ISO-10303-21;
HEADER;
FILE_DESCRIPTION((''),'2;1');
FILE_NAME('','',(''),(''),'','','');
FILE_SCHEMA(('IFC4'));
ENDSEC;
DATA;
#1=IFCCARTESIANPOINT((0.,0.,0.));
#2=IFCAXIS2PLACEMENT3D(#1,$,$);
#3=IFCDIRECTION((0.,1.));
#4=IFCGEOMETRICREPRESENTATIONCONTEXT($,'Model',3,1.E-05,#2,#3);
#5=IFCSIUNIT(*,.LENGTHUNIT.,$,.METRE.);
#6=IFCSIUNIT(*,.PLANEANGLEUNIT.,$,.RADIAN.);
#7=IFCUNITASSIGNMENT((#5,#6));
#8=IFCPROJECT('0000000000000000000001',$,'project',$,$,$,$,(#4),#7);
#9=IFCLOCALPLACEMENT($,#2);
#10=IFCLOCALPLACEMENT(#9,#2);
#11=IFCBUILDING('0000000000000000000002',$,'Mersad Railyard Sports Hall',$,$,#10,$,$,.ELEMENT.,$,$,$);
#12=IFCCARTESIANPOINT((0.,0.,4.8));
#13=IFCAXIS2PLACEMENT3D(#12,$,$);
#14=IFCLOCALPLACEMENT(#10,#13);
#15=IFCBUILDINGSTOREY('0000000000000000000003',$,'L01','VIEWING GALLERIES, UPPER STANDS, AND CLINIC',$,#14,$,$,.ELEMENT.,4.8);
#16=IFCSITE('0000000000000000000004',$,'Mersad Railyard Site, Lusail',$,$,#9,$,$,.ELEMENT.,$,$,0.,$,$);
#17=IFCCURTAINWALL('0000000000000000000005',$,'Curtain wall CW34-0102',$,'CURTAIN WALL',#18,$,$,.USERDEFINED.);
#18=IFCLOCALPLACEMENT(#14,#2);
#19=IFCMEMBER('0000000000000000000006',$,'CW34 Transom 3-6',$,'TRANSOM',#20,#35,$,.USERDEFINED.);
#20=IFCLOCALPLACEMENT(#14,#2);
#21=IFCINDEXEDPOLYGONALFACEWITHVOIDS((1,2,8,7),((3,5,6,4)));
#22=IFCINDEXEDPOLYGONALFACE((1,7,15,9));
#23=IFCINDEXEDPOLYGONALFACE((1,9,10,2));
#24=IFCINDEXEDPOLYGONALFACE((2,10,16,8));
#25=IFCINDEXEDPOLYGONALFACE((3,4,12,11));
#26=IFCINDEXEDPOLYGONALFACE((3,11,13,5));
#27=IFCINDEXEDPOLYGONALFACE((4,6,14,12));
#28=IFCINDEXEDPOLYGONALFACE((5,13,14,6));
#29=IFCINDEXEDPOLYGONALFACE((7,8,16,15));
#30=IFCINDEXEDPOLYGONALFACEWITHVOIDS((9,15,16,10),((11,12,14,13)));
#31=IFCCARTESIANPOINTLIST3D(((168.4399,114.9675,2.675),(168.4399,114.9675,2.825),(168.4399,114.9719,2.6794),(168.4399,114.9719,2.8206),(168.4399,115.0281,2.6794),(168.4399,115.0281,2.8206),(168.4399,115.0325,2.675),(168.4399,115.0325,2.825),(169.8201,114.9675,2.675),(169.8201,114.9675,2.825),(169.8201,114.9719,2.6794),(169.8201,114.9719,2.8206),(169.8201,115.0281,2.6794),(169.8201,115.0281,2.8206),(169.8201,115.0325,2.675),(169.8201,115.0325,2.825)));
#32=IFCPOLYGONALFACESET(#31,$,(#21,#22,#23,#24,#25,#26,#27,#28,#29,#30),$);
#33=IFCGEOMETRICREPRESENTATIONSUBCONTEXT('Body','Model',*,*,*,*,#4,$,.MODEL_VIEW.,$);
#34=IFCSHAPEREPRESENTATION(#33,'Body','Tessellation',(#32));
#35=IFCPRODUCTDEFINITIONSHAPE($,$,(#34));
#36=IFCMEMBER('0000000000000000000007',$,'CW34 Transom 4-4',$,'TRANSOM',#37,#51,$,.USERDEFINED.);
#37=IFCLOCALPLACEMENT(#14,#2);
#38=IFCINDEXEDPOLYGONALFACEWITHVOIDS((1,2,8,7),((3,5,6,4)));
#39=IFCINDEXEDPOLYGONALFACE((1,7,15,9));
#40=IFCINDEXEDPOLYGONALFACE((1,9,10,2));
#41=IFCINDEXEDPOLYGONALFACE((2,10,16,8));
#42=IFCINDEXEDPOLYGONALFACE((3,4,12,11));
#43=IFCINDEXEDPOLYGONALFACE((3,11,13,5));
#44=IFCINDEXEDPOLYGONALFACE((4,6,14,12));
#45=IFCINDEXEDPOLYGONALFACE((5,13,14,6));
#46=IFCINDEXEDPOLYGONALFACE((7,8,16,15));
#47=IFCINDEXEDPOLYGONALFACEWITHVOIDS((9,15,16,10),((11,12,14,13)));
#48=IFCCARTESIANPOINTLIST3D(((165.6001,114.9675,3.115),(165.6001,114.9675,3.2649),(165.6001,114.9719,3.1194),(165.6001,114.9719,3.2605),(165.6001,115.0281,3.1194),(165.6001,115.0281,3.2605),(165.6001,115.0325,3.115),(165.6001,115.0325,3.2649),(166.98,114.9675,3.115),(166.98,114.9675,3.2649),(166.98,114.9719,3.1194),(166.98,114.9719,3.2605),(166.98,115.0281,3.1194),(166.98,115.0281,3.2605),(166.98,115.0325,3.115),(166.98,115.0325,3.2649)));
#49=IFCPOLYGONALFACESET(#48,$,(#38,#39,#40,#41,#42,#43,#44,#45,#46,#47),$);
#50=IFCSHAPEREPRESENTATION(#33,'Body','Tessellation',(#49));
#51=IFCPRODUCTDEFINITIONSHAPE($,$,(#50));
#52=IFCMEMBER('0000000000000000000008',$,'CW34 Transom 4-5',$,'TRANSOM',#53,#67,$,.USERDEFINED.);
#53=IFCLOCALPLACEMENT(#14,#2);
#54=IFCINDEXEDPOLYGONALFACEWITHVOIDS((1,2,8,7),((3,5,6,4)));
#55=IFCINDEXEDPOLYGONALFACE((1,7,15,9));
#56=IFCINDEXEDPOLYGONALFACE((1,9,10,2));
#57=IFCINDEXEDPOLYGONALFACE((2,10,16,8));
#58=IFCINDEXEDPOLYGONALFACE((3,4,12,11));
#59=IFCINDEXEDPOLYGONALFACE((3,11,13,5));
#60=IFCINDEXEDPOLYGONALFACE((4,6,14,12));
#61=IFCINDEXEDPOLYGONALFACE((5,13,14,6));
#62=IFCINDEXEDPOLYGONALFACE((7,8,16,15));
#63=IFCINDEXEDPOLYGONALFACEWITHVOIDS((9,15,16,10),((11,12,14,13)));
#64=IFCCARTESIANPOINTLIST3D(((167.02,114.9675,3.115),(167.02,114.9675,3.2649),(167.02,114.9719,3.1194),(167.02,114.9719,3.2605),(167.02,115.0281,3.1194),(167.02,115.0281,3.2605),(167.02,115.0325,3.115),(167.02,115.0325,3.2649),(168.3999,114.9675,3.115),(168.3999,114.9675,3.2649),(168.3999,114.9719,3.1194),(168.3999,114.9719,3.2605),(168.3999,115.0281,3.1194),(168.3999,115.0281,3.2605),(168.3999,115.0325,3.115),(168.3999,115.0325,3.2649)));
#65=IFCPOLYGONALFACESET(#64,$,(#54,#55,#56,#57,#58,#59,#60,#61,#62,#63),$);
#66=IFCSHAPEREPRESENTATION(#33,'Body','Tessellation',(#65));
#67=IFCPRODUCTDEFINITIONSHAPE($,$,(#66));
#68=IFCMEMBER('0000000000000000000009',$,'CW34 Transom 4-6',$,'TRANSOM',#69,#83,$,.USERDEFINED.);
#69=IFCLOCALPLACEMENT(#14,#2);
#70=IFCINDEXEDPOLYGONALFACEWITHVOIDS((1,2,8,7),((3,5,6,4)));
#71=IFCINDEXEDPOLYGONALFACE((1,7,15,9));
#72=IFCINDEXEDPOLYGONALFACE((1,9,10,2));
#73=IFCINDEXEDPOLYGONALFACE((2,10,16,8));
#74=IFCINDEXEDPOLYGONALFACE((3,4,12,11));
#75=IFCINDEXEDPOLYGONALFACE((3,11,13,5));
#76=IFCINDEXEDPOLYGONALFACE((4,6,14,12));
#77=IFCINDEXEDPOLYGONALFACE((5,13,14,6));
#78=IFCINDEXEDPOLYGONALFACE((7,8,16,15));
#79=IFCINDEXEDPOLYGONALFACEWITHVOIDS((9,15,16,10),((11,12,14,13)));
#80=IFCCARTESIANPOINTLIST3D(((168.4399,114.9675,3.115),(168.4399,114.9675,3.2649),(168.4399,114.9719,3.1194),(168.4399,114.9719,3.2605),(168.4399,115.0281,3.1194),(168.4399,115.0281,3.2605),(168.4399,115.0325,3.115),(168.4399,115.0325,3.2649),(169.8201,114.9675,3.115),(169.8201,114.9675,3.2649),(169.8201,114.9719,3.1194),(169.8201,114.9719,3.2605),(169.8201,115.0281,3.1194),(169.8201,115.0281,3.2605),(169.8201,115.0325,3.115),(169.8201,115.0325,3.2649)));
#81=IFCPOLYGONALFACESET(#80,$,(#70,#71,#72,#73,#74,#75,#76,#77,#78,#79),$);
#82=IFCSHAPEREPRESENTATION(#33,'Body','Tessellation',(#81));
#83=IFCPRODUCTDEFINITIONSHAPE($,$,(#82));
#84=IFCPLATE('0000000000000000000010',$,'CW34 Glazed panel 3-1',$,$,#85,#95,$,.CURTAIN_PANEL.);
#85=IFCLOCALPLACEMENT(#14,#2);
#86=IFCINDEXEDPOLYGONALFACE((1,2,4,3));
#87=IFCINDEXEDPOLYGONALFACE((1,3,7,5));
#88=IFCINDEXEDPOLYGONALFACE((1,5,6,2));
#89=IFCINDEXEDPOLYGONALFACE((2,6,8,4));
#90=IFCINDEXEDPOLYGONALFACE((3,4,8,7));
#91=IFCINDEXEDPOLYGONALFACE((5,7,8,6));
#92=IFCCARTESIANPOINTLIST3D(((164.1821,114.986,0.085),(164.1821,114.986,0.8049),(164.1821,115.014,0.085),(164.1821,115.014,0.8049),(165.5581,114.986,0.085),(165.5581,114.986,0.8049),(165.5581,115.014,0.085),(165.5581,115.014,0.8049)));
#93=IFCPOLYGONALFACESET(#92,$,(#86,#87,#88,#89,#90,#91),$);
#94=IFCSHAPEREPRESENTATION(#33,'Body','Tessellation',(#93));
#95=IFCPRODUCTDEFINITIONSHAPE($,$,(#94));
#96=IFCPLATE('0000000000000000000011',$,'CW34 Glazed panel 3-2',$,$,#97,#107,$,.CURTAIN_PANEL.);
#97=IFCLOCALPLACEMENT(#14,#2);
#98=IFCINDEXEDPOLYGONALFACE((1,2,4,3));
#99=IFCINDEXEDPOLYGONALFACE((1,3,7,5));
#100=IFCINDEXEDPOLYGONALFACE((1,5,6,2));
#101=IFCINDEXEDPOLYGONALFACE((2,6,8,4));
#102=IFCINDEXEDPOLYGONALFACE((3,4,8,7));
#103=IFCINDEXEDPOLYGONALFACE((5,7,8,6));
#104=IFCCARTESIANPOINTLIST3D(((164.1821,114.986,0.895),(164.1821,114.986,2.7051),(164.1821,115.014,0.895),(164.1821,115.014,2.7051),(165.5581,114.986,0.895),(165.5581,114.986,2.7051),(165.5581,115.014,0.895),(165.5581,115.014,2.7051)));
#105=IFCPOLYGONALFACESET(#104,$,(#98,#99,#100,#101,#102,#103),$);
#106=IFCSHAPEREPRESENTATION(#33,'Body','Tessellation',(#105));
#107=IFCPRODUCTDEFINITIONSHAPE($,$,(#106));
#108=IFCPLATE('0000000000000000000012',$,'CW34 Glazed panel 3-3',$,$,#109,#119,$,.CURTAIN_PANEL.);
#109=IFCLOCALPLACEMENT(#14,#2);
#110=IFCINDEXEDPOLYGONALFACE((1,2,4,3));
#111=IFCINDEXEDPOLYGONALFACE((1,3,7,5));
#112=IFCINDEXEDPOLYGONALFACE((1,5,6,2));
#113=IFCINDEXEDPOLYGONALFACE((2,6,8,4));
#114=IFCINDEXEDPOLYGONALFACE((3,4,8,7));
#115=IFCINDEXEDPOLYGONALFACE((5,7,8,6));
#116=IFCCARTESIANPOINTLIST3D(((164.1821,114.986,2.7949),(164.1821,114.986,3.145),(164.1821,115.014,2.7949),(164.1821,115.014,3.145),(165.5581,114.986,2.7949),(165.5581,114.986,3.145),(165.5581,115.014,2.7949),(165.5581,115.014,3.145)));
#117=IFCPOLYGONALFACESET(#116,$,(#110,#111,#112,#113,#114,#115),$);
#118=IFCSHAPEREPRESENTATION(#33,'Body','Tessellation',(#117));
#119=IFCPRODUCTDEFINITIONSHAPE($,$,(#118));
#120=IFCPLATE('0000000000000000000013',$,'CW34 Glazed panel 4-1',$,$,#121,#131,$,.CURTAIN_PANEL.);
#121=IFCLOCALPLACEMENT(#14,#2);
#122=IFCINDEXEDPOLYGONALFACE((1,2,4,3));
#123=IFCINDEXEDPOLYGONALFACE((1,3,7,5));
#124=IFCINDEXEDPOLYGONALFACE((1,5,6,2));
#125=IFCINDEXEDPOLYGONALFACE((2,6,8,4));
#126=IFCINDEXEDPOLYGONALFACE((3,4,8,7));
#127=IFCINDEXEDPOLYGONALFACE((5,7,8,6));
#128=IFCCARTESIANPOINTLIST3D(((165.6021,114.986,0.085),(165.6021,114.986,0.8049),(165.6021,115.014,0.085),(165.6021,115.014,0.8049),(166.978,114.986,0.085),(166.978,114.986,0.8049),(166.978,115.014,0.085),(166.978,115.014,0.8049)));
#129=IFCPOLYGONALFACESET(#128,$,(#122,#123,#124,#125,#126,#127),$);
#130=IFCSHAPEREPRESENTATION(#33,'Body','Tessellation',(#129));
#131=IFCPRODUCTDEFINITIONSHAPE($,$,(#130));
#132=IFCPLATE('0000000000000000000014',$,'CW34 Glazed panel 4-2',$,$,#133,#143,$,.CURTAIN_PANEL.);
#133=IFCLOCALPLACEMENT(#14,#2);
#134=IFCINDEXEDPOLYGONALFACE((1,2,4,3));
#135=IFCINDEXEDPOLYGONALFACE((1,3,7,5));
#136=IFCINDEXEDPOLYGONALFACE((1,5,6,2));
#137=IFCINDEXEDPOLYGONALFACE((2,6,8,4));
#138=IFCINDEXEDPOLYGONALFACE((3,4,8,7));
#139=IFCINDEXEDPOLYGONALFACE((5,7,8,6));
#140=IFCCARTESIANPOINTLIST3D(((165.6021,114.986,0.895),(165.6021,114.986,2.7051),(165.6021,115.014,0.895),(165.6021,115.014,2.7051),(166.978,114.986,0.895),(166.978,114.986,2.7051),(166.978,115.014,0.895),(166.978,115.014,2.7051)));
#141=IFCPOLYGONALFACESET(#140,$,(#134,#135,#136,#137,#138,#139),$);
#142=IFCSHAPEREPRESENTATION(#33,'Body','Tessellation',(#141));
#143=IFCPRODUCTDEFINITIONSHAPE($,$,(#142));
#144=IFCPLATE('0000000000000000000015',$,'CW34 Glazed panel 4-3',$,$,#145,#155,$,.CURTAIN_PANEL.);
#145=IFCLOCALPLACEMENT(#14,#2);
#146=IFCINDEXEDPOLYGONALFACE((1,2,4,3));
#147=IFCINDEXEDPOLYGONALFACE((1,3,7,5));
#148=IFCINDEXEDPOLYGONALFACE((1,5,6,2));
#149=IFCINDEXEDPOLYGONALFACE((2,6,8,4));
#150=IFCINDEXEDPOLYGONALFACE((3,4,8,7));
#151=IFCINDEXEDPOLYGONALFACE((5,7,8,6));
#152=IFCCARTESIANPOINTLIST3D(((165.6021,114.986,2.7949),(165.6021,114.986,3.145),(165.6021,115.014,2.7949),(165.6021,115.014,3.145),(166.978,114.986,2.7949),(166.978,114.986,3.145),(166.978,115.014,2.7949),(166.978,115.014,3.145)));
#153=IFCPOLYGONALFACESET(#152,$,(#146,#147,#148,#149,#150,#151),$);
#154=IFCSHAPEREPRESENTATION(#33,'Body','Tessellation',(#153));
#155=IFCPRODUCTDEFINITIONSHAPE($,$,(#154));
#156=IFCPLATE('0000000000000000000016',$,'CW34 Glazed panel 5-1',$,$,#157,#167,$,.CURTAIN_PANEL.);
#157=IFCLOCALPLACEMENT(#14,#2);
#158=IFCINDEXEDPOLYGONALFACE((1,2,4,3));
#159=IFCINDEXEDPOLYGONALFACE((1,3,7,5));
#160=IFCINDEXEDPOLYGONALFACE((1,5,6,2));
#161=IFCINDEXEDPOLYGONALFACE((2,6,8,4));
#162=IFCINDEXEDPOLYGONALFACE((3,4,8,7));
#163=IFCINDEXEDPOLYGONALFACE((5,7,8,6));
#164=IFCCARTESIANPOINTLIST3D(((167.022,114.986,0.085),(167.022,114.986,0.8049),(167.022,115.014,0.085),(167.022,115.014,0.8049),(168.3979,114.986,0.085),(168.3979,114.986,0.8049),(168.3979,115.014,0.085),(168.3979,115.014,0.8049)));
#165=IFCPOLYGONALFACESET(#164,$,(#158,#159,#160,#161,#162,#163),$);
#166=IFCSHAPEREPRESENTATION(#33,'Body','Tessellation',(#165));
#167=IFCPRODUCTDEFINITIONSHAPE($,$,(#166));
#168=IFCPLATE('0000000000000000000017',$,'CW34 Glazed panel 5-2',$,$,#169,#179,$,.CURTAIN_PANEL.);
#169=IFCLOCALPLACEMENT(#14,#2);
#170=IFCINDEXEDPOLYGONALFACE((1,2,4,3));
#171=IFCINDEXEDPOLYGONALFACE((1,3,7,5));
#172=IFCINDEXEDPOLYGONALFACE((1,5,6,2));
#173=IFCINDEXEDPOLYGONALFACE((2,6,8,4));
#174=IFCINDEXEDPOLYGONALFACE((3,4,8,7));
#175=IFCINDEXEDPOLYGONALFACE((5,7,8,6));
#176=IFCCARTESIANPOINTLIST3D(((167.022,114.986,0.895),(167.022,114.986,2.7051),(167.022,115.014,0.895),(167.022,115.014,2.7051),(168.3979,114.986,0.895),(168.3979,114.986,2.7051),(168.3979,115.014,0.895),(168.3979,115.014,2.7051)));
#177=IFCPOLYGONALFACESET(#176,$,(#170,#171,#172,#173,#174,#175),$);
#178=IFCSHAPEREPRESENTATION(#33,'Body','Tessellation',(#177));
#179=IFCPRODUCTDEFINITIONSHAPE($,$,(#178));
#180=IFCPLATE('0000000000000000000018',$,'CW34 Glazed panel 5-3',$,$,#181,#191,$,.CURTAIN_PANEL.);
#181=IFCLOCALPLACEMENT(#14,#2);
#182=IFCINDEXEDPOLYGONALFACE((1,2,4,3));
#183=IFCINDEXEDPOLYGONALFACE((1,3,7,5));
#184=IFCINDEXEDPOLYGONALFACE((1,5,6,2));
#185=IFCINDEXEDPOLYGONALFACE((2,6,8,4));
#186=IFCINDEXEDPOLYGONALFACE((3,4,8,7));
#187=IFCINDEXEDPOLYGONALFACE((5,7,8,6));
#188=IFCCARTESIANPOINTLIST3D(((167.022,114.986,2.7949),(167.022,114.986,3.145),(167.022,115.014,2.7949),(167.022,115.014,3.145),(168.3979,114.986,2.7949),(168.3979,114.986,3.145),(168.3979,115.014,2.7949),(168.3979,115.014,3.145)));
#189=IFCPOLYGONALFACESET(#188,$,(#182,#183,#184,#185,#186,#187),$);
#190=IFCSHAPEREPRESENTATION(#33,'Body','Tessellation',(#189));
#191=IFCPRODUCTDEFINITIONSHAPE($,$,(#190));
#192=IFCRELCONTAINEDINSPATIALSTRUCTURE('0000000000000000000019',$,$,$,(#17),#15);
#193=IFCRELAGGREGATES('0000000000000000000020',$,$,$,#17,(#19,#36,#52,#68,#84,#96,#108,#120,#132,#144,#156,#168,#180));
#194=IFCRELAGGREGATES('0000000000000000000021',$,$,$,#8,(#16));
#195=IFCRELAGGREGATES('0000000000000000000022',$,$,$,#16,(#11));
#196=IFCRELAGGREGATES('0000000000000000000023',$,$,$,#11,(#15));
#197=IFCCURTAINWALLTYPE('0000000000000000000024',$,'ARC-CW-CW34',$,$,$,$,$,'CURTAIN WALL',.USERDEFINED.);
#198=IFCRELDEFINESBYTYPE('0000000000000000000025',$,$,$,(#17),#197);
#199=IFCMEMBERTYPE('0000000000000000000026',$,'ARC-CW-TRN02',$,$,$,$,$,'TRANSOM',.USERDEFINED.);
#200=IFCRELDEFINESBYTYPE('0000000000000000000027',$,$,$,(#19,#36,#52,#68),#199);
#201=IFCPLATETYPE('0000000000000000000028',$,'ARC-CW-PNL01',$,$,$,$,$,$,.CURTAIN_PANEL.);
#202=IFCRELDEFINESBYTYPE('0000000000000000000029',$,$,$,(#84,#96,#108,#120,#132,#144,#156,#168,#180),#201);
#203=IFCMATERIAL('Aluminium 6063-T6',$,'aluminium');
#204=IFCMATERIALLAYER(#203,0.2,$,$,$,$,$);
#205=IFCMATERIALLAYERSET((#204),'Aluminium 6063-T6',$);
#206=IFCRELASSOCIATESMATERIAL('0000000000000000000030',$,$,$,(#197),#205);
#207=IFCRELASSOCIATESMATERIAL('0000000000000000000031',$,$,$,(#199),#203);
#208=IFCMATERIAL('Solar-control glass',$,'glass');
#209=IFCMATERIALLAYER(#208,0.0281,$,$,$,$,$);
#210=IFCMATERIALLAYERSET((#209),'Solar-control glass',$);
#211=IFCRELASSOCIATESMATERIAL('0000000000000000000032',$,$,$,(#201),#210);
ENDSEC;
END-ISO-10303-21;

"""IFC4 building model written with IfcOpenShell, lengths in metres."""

from ifc_helpers import new_model, si_unit, direction, frame, origin, origin_2d, place, context, subcontext, project, spatial, rectangle, hollow_rectangle, extrude, material, layer, layer_set, material_profile, profile_set, type_object, element, aggregate, save


model = new_model("IFC4")

# Units and contexts
model_context = context("Model", 3, precision=1e-05, world=origin(), true_north=direction((0.0, 1.0)))
body_context = subcontext(model_context, "Body", "Model", "MODEL_VIEW")
ifc_project = project(units=[si_unit("LENGTHUNIT", "METRE"), si_unit("PLANEANGLEUNIT", "RADIAN")], contexts=[model_context])

# Site, building, storey
site_placement = place(None, origin())
site = spatial("IfcSite", under=ifc_project, at=site_placement, Name="Mersad Railyard Site, Lusail", CompositionType="ELEMENT", RefElevation=0.0)
building_placement = place(site_placement, origin())
building = spatial("IfcBuilding", under=site, at=building_placement, Name="Mersad Railyard Sports Hall", CompositionType="ELEMENT")
storey_placement = place(building_placement, frame((0.0, 0.0, 4.8)))
storey = spatial("IfcBuildingStorey", under=building, at=storey_placement, Name="L01", Description="VIEWING GALLERIES, UPPER STANDS, AND CLINIC", CompositionType="ELEMENT", Elevation=4.8)

# Curtain wall, members, plates
ifc_material_1 = material(Name="Aluminium 6063-T6", Category="aluminium")
ifc_layer_1 = layer(ifc_material_1, 0.2)
ifc_layer_set_1 = layer_set([ifc_layer_1], Name="Aluminium 6063-T6")
curtain_wall_type = type_object("IfcCurtainWallType", Name="ARC-CW-CW34", ElementType="CURTAIN WALL", PredefinedType="USERDEFINED", material=ifc_layer_set_1)
curtain_wall_placement = place(storey_placement, origin())
curtain_wall = element("IfcCurtainWall", 1, at=curtain_wall_placement, inside=storey, type_object=curtain_wall_type, Name="Curtain wall CW34-0102", ObjectType="CURTAIN WALL", PredefinedType="USERDEFINED")
ifc_material_profile_1 = material_profile(ifc_material_1, hollow_rectangle(XDim=0.0649, YDim=0.1499, WallThickness=0.0044, at=origin_2d()), Name="AL TRANSOM 65x150x4.5")
ifc_profile_set_1 = profile_set([ifc_material_profile_1], Name="Aluminium 6063-T6")
member_type_1 = type_object("IfcMemberType", Name="ARC-CW-TRN02", ElementType="TRANSOM", PredefinedType="USERDEFINED", material=ifc_profile_set_1)
member_1_placement = place(storey_placement, frame((168.4399, 115.0, 2.75), z_axis=(1.0, 0.0, 0.0), x_axis=(0.0, 1.0, 0.0)))
member_1 = element("IfcMember", 2, at=member_1_placement, type_object=member_type_1, Name="CW34 Transom 3-6", ObjectType="TRANSOM", PredefinedType="USERDEFINED", context=body_context, shape_type="SweptSolid", body=[
    extrude(hollow_rectangle(XDim=0.0649, YDim=0.1499, WallThickness=0.0044, at=origin_2d()), origin(), (0.0, 0.0, 1.0), 1.3801),
])
member_2_placement = place(storey_placement, frame((165.6001, 115.0, 3.1899), z_axis=(1.0, 0.0, 0.0), x_axis=(0.0, 1.0, 0.0)))
member_2 = element("IfcMember", 3, at=member_2_placement, type_object=member_type_1, Name="CW34 Transom 4-4", ObjectType="TRANSOM", PredefinedType="USERDEFINED", context=body_context, shape_type="SweptSolid", body=[
    extrude(hollow_rectangle(XDim=0.0649, YDim=0.1499, WallThickness=0.0044, at=origin_2d()), origin(), (0.0, 0.0, 1.0), 1.3799),
])
member_3_placement = place(storey_placement, frame((167.02, 115.0, 3.1899), z_axis=(1.0, 0.0, 0.0), x_axis=(0.0, 1.0, 0.0)))
member_3 = element("IfcMember", 4, at=member_3_placement, type_object=member_type_1, Name="CW34 Transom 4-5", ObjectType="TRANSOM", PredefinedType="USERDEFINED", context=body_context, shape_type="SweptSolid", body=[
    extrude(hollow_rectangle(XDim=0.0649, YDim=0.1499, WallThickness=0.0044, at=origin_2d()), origin(), (0.0, 0.0, 1.0), 1.3799),
])
member_4_placement = place(storey_placement, frame((168.4399, 115.0, 3.1899), z_axis=(1.0, 0.0, 0.0), x_axis=(0.0, 1.0, 0.0)))
member_4 = element("IfcMember", 5, at=member_4_placement, type_object=member_type_1, Name="CW34 Transom 4-6", ObjectType="TRANSOM", PredefinedType="USERDEFINED", context=body_context, shape_type="SweptSolid", body=[
    extrude(hollow_rectangle(XDim=0.0649, YDim=0.1499, WallThickness=0.0044, at=origin_2d()), origin(), (0.0, 0.0, 1.0), 1.3801),
])
ifc_material_2 = material(Name="Solar-control glass", Category="glass")
ifc_layer_2 = layer(ifc_material_2, 0.0281)
ifc_layer_set_2 = layer_set([ifc_layer_2], Name="Solar-control glass")
plate_type = type_object("IfcPlateType", Name="ARC-CW-PNL01", PredefinedType="CURTAIN_PANEL", material=ifc_layer_set_2)
plate_1_placement = place(storey_placement, frame((164.8701, 115.0, 0.085), z_axis=(0.0, 0.0, 1.0), x_axis=(1.0, 0.0, 0.0)))
plate_1 = element("IfcPlate", 6, at=plate_1_placement, type_object=plate_type, Name="CW34 Glazed panel 3-1", PredefinedType="CURTAIN_PANEL", context=body_context, shape_type="SweptSolid", body=[
    extrude(rectangle(XDim=1.376, YDim=0.0281, at=origin_2d()), origin(), (0.0, 0.0, 1.0), 0.72),
])
plate_2_placement = place(storey_placement, frame((164.8701, 115.0, 0.895), z_axis=(0.0, 0.0, 1.0), x_axis=(1.0, 0.0, 0.0)))
plate_2 = element("IfcPlate", 7, at=plate_2_placement, type_object=plate_type, Name="CW34 Glazed panel 3-2", PredefinedType="CURTAIN_PANEL", context=body_context, shape_type="SweptSolid", body=[
    extrude(rectangle(XDim=1.376, YDim=0.0281, at=origin_2d()), origin(), (0.0, 0.0, 1.0), 1.8101),
])
plate_3_placement = place(storey_placement, frame((164.8701, 115.0, 2.7949), z_axis=(0.0, 0.0, 1.0), x_axis=(1.0, 0.0, 0.0)))
plate_3 = element("IfcPlate", 8, at=plate_3_placement, type_object=plate_type, Name="CW34 Glazed panel 3-3", PredefinedType="CURTAIN_PANEL", context=body_context, shape_type="SweptSolid", body=[
    extrude(rectangle(XDim=1.376, YDim=0.0281, at=origin_2d()), origin(), (0.0, 0.0, 1.0), 0.3501),
])
plate_4_placement = place(storey_placement, frame((166.29, 115.0, 0.085), z_axis=(0.0, 0.0, 1.0), x_axis=(1.0, 0.0, 0.0)))
plate_4 = element("IfcPlate", 9, at=plate_4_placement, type_object=plate_type, Name="CW34 Glazed panel 4-1", PredefinedType="CURTAIN_PANEL", context=body_context, shape_type="SweptSolid", body=[
    extrude(rectangle(XDim=1.376, YDim=0.0281, at=origin_2d()), origin(), (0.0, 0.0, 1.0), 0.72),
])
plate_5_placement = place(storey_placement, frame((166.29, 115.0, 0.895), z_axis=(0.0, 0.0, 1.0), x_axis=(1.0, 0.0, 0.0)))
plate_5 = element("IfcPlate", 10, at=plate_5_placement, type_object=plate_type, Name="CW34 Glazed panel 4-2", PredefinedType="CURTAIN_PANEL", context=body_context, shape_type="SweptSolid", body=[
    extrude(rectangle(XDim=1.376, YDim=0.0281, at=origin_2d()), origin(), (0.0, 0.0, 1.0), 1.8101),
])
plate_6_placement = place(storey_placement, frame((166.29, 115.0, 2.7949), z_axis=(0.0, 0.0, 1.0), x_axis=(1.0, 0.0, 0.0)))
plate_6 = element("IfcPlate", 11, at=plate_6_placement, type_object=plate_type, Name="CW34 Glazed panel 4-3", PredefinedType="CURTAIN_PANEL", context=body_context, shape_type="SweptSolid", body=[
    extrude(rectangle(XDim=1.376, YDim=0.0281, at=origin_2d()), origin(), (0.0, 0.0, 1.0), 0.3501),
])
plate_7_placement = place(storey_placement, frame((167.71, 115.0, 0.085), z_axis=(0.0, 0.0, 1.0), x_axis=(1.0, 0.0, 0.0)))
plate_7 = element("IfcPlate", 12, at=plate_7_placement, type_object=plate_type, Name="CW34 Glazed panel 5-1", PredefinedType="CURTAIN_PANEL", context=body_context, shape_type="SweptSolid", body=[
    extrude(rectangle(XDim=1.376, YDim=0.0281, at=origin_2d()), origin(), (0.0, 0.0, 1.0), 0.72),
])
plate_8_placement = place(storey_placement, frame((167.71, 115.0, 0.895), z_axis=(0.0, 0.0, 1.0), x_axis=(1.0, 0.0, 0.0)))
plate_8 = element("IfcPlate", 13, at=plate_8_placement, type_object=plate_type, Name="CW34 Glazed panel 5-2", PredefinedType="CURTAIN_PANEL", context=body_context, shape_type="SweptSolid", body=[
    extrude(rectangle(XDim=1.376, YDim=0.0281, at=origin_2d()), origin(), (0.0, 0.0, 1.0), 1.8101),
])
plate_9_placement = place(storey_placement, frame((167.71, 115.0, 2.7949), z_axis=(0.0, 0.0, 1.0), x_axis=(1.0, 0.0, 0.0)))
plate_9 = element("IfcPlate", 14, at=plate_9_placement, type_object=plate_type, Name="CW34 Glazed panel 5-3", PredefinedType="CURTAIN_PANEL", context=body_context, shape_type="SweptSolid", body=[
    extrude(rectangle(XDim=1.376, YDim=0.0281, at=origin_2d()), origin(), (0.0, 0.0, 1.0), 0.3501),
])
aggregate(curtain_wall, [member_1, member_2, member_3, member_4, plate_1, plate_2, plate_3, plate_4, plate_5, plate_6, plate_7, plate_8, plate_9])

save(model, "model.ifc")
